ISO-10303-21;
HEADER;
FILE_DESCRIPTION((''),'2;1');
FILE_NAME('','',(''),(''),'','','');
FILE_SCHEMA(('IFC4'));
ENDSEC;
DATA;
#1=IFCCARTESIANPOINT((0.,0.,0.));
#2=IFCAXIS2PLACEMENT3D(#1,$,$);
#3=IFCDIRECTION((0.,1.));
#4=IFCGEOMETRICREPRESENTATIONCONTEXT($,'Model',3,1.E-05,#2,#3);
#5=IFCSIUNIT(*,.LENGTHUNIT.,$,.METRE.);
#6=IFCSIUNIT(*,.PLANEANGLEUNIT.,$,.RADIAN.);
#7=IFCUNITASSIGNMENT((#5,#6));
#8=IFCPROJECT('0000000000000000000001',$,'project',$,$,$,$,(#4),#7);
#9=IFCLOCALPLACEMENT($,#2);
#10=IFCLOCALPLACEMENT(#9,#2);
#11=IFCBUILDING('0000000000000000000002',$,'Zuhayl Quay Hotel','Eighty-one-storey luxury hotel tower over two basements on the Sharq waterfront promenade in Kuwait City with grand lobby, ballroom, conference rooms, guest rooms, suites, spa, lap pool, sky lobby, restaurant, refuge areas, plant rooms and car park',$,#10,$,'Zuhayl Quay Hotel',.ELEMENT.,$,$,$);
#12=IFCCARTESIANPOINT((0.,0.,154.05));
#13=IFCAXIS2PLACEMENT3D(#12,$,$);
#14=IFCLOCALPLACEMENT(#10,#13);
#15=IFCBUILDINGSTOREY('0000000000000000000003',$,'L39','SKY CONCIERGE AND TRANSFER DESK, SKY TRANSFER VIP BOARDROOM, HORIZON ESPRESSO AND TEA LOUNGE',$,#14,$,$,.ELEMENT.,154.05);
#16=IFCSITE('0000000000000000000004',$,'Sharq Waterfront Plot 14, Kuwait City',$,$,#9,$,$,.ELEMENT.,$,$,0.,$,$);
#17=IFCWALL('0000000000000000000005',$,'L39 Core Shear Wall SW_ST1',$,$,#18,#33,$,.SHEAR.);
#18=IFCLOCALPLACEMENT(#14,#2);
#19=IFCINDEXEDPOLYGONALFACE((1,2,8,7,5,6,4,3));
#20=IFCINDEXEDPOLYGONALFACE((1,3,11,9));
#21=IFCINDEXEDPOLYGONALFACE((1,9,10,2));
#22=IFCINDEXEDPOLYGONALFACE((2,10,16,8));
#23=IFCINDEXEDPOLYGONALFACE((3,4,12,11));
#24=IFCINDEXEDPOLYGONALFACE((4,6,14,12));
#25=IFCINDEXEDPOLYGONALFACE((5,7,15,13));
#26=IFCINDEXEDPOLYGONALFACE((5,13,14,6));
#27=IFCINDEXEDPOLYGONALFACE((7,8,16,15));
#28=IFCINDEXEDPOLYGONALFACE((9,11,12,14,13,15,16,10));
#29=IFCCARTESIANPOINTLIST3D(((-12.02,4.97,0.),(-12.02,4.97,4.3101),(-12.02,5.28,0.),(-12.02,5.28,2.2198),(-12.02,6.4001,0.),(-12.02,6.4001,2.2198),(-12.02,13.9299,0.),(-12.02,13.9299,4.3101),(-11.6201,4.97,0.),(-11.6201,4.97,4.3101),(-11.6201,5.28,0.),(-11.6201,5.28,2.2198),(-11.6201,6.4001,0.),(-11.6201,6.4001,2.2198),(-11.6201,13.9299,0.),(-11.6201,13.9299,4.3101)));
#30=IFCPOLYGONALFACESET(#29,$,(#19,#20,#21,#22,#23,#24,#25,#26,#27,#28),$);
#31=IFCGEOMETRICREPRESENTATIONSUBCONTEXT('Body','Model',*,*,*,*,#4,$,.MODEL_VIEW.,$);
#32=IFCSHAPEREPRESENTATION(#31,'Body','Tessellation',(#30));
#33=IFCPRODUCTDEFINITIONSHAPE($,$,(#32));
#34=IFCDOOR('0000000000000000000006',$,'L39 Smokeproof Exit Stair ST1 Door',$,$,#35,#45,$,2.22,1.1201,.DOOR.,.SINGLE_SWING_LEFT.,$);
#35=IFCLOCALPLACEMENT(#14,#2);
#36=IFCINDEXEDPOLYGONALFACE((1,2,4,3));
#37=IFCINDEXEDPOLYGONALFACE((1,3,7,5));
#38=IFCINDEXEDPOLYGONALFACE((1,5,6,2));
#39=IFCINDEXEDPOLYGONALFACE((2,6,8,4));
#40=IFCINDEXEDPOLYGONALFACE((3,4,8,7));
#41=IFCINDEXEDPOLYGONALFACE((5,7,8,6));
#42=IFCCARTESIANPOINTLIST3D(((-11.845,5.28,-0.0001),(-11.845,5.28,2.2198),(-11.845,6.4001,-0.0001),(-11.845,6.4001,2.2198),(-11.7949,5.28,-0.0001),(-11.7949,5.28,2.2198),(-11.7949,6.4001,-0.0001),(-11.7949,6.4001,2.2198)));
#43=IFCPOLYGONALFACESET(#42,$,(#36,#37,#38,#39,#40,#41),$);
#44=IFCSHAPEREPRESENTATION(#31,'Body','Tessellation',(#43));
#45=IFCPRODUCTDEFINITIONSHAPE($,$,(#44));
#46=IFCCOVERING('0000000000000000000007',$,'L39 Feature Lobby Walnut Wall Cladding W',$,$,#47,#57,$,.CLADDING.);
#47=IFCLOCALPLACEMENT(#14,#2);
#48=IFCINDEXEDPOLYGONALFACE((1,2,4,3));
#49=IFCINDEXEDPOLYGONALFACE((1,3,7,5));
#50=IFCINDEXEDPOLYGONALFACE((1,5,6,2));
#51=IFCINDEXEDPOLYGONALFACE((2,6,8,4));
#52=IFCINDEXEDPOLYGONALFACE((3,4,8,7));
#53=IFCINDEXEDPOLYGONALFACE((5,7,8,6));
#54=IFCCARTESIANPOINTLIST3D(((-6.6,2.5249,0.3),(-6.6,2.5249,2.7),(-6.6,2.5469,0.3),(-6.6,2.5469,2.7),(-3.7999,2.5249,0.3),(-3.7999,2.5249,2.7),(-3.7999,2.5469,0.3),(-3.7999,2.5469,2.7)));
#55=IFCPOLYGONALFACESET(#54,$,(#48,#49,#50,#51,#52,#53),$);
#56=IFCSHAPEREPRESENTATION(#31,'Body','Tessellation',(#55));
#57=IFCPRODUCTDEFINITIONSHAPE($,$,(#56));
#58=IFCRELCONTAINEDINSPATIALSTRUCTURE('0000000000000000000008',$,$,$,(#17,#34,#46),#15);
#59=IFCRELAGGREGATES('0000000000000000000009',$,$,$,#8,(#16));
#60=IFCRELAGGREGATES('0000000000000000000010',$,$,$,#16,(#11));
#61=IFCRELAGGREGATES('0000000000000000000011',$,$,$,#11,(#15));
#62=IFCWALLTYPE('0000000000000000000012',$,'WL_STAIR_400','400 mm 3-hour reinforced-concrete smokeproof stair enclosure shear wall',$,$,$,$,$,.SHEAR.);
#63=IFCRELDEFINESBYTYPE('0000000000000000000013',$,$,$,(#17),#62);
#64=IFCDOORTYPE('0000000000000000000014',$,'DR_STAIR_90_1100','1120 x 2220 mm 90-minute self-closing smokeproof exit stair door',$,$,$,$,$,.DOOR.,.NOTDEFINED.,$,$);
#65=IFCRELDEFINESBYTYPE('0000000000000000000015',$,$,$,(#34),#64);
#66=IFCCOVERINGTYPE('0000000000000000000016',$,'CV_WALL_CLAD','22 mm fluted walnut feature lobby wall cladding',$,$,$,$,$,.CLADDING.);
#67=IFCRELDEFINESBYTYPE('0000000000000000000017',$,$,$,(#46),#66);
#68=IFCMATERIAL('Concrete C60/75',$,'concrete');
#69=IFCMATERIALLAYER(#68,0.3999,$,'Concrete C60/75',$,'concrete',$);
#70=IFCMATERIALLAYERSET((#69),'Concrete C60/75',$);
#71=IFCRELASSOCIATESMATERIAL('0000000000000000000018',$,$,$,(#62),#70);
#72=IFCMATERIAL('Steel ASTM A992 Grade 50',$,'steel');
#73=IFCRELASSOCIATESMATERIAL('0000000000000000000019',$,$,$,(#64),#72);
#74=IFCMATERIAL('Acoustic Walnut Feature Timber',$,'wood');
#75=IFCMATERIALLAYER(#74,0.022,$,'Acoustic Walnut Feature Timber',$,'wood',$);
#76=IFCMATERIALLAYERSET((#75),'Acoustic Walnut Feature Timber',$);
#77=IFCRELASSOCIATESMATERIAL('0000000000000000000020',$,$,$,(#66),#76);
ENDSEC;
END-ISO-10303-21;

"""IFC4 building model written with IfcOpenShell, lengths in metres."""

from ifc_helpers import new_model, si_unit, direction, frame, frame_2d, origin, origin_2d, place, context, subcontext, project, spatial, rectangle, extrude, material, layer, layer_set, type_object, element, fill, save


model = new_model("IFC4")

# Units and contexts
model_context = context("Model", 3, precision=1e-05, world=origin(), true_north=direction((0.0, 1.0)))
body_context = subcontext(model_context, "Body", "Model", "MODEL_VIEW")
ifc_project = project(units=[si_unit("LENGTHUNIT", "METRE"), si_unit("PLANEANGLEUNIT", "RADIAN")], contexts=[model_context])

# Site, building, storey
site_placement = place(None, origin())
site = spatial("IfcSite", under=ifc_project, at=site_placement, Name="Sharq Waterfront Plot 14, Kuwait City", CompositionType="ELEMENT", RefElevation=0.0)
building_placement = place(site_placement, origin())
building = spatial("IfcBuilding", under=site, at=building_placement, Name="Zuhayl Quay Hotel", Description="Eighty-one-storey luxury hotel tower over two basements on the Sharq waterfront promenade in Kuwait City with grand lobby, ballroom, conference rooms, guest rooms, suites, spa, lap pool, sky lobby, restaurant, refuge areas, plant rooms and car park", LongName="Zuhayl Quay Hotel", CompositionType="ELEMENT")
storey_placement = place(building_placement, frame((0.0, 0.0, 154.05)))
storey = spatial("IfcBuildingStorey", under=building, at=storey_placement, Name="L39", Description="SKY CONCIERGE AND TRANSFER DESK, SKY TRANSFER VIP BOARDROOM, HORIZON ESPRESSO AND TEA LOUNGE", CompositionType="ELEMENT", Elevation=154.05)

# Shared definitions
ifc_material_1 = material(Name="Concrete C60/75", Category="concrete")
ifc_material_2 = material(Name="Steel ASTM A992 Grade 50", Category="steel")

# Wall, opening, door
ifc_layer_1 = layer(ifc_material_1, 0.3999, Name="Concrete C60/75", Category="concrete")
ifc_layer_set_1 = layer_set([ifc_layer_1], Name="Concrete C60/75")
wall_type_1 = type_object("IfcWallType", Name="WL_STAIR_400", Description="400 mm 3-hour reinforced-concrete smokeproof stair enclosure shear wall", PredefinedType="SHEAR", material=ifc_layer_set_1)
wall_1_placement = place(storey_placement, frame((-11.8201, 4.97, 0.0), z_axis=(0.0, 0.0, 1.0), x_axis=(0.0, 1.0, 0.0)))
wall_1 = element("IfcWall", 1, at=wall_1_placement, inside=storey, type_object=wall_type_1, Name="L39 Core Shear Wall SW_ST1", PredefinedType="SHEAR", context=body_context, shape_type="SweptSolid", body=[
    extrude(rectangle(XDim=8.96, YDim=0.3999, at=frame_2d((4.48, 0.0))), origin(), (0.0, 0.0, 1.0), 4.3101),
])
opening_1_placement = place(wall_1_placement, frame((0.3101, 0.0, 0.0)))
opening_1 = element("IfcOpeningElement", 2, at=opening_1_placement, cuts=wall_1, PredefinedType="OPENING", context=body_context, shape_type="SweptSolid", body=[
    extrude(rectangle(XDim=1.1201, YDim=2.22, at=frame_2d((0.5601, 1.1099))), frame((0.0, 0.21, 0.0), z_axis=(0.0, -1.0, 0.0), x_axis=(1.0, 0.0, 0.0)), (0.0, 0.0, 1.0), 0.4199),
])
door_type_1 = type_object("IfcDoorType", Name="DR_STAIR_90_1100", Description="1120 x 2220 mm 90-minute self-closing smokeproof exit stair door", OperationType="NOTDEFINED", PredefinedType="DOOR", material=ifc_material_2)
door_1_placement = place(opening_1_placement, origin())
door_1 = element("IfcDoor", 3, at=door_1_placement, inside=storey, type_object=door_type_1, Name="L39 Smokeproof Exit Stair ST1 Door", OperationType="SINGLE_SWING_LEFT", OverallHeight=2.22, OverallWidth=1.1201, PredefinedType="DOOR", context=body_context, shape_type="SweptSolid", body=[
    extrude(rectangle(XDim=1.1201, YDim=2.22, at=frame_2d((0.5601, 1.1099))), frame((0.0, 0.0249, 0.0), z_axis=(0.0, -1.0, 0.0), x_axis=(1.0, 0.0, 0.0)), (0.0, 0.0, 1.0), 0.05),
])
fill(opening_1, door_1)

# Covering
ifc_material_3 = material(Name="Acoustic Walnut Feature Timber", Category="wood")
ifc_layer_2 = layer(ifc_material_3, 0.022, Name="Acoustic Walnut Feature Timber", Category="wood")
ifc_layer_set_2 = layer_set([ifc_layer_2], Name="Acoustic Walnut Feature Timber")
covering_type = type_object("IfcCoveringType", Name="CV_WALL_CLAD", Description="22 mm fluted walnut feature lobby wall cladding", PredefinedType="CLADDING", material=ifc_layer_set_2)
covering_placement = place(storey_placement, frame((-5.2, 2.5359, 0.3), z_axis=(0.0, 0.0, 1.0), x_axis=(1.0, 0.0, 0.0)))
element("IfcCovering", 4, at=covering_placement, inside=storey, type_object=covering_type, Name="L39 Feature Lobby Walnut Wall Cladding W", PredefinedType="CLADDING", context=body_context, shape_type="SweptSolid", body=[
    extrude(rectangle(XDim=2.8, YDim=0.022, at=origin_2d()), origin(), (0.0, 0.0, 1.0), 2.3999),
])

save(model, "model.ifc")
